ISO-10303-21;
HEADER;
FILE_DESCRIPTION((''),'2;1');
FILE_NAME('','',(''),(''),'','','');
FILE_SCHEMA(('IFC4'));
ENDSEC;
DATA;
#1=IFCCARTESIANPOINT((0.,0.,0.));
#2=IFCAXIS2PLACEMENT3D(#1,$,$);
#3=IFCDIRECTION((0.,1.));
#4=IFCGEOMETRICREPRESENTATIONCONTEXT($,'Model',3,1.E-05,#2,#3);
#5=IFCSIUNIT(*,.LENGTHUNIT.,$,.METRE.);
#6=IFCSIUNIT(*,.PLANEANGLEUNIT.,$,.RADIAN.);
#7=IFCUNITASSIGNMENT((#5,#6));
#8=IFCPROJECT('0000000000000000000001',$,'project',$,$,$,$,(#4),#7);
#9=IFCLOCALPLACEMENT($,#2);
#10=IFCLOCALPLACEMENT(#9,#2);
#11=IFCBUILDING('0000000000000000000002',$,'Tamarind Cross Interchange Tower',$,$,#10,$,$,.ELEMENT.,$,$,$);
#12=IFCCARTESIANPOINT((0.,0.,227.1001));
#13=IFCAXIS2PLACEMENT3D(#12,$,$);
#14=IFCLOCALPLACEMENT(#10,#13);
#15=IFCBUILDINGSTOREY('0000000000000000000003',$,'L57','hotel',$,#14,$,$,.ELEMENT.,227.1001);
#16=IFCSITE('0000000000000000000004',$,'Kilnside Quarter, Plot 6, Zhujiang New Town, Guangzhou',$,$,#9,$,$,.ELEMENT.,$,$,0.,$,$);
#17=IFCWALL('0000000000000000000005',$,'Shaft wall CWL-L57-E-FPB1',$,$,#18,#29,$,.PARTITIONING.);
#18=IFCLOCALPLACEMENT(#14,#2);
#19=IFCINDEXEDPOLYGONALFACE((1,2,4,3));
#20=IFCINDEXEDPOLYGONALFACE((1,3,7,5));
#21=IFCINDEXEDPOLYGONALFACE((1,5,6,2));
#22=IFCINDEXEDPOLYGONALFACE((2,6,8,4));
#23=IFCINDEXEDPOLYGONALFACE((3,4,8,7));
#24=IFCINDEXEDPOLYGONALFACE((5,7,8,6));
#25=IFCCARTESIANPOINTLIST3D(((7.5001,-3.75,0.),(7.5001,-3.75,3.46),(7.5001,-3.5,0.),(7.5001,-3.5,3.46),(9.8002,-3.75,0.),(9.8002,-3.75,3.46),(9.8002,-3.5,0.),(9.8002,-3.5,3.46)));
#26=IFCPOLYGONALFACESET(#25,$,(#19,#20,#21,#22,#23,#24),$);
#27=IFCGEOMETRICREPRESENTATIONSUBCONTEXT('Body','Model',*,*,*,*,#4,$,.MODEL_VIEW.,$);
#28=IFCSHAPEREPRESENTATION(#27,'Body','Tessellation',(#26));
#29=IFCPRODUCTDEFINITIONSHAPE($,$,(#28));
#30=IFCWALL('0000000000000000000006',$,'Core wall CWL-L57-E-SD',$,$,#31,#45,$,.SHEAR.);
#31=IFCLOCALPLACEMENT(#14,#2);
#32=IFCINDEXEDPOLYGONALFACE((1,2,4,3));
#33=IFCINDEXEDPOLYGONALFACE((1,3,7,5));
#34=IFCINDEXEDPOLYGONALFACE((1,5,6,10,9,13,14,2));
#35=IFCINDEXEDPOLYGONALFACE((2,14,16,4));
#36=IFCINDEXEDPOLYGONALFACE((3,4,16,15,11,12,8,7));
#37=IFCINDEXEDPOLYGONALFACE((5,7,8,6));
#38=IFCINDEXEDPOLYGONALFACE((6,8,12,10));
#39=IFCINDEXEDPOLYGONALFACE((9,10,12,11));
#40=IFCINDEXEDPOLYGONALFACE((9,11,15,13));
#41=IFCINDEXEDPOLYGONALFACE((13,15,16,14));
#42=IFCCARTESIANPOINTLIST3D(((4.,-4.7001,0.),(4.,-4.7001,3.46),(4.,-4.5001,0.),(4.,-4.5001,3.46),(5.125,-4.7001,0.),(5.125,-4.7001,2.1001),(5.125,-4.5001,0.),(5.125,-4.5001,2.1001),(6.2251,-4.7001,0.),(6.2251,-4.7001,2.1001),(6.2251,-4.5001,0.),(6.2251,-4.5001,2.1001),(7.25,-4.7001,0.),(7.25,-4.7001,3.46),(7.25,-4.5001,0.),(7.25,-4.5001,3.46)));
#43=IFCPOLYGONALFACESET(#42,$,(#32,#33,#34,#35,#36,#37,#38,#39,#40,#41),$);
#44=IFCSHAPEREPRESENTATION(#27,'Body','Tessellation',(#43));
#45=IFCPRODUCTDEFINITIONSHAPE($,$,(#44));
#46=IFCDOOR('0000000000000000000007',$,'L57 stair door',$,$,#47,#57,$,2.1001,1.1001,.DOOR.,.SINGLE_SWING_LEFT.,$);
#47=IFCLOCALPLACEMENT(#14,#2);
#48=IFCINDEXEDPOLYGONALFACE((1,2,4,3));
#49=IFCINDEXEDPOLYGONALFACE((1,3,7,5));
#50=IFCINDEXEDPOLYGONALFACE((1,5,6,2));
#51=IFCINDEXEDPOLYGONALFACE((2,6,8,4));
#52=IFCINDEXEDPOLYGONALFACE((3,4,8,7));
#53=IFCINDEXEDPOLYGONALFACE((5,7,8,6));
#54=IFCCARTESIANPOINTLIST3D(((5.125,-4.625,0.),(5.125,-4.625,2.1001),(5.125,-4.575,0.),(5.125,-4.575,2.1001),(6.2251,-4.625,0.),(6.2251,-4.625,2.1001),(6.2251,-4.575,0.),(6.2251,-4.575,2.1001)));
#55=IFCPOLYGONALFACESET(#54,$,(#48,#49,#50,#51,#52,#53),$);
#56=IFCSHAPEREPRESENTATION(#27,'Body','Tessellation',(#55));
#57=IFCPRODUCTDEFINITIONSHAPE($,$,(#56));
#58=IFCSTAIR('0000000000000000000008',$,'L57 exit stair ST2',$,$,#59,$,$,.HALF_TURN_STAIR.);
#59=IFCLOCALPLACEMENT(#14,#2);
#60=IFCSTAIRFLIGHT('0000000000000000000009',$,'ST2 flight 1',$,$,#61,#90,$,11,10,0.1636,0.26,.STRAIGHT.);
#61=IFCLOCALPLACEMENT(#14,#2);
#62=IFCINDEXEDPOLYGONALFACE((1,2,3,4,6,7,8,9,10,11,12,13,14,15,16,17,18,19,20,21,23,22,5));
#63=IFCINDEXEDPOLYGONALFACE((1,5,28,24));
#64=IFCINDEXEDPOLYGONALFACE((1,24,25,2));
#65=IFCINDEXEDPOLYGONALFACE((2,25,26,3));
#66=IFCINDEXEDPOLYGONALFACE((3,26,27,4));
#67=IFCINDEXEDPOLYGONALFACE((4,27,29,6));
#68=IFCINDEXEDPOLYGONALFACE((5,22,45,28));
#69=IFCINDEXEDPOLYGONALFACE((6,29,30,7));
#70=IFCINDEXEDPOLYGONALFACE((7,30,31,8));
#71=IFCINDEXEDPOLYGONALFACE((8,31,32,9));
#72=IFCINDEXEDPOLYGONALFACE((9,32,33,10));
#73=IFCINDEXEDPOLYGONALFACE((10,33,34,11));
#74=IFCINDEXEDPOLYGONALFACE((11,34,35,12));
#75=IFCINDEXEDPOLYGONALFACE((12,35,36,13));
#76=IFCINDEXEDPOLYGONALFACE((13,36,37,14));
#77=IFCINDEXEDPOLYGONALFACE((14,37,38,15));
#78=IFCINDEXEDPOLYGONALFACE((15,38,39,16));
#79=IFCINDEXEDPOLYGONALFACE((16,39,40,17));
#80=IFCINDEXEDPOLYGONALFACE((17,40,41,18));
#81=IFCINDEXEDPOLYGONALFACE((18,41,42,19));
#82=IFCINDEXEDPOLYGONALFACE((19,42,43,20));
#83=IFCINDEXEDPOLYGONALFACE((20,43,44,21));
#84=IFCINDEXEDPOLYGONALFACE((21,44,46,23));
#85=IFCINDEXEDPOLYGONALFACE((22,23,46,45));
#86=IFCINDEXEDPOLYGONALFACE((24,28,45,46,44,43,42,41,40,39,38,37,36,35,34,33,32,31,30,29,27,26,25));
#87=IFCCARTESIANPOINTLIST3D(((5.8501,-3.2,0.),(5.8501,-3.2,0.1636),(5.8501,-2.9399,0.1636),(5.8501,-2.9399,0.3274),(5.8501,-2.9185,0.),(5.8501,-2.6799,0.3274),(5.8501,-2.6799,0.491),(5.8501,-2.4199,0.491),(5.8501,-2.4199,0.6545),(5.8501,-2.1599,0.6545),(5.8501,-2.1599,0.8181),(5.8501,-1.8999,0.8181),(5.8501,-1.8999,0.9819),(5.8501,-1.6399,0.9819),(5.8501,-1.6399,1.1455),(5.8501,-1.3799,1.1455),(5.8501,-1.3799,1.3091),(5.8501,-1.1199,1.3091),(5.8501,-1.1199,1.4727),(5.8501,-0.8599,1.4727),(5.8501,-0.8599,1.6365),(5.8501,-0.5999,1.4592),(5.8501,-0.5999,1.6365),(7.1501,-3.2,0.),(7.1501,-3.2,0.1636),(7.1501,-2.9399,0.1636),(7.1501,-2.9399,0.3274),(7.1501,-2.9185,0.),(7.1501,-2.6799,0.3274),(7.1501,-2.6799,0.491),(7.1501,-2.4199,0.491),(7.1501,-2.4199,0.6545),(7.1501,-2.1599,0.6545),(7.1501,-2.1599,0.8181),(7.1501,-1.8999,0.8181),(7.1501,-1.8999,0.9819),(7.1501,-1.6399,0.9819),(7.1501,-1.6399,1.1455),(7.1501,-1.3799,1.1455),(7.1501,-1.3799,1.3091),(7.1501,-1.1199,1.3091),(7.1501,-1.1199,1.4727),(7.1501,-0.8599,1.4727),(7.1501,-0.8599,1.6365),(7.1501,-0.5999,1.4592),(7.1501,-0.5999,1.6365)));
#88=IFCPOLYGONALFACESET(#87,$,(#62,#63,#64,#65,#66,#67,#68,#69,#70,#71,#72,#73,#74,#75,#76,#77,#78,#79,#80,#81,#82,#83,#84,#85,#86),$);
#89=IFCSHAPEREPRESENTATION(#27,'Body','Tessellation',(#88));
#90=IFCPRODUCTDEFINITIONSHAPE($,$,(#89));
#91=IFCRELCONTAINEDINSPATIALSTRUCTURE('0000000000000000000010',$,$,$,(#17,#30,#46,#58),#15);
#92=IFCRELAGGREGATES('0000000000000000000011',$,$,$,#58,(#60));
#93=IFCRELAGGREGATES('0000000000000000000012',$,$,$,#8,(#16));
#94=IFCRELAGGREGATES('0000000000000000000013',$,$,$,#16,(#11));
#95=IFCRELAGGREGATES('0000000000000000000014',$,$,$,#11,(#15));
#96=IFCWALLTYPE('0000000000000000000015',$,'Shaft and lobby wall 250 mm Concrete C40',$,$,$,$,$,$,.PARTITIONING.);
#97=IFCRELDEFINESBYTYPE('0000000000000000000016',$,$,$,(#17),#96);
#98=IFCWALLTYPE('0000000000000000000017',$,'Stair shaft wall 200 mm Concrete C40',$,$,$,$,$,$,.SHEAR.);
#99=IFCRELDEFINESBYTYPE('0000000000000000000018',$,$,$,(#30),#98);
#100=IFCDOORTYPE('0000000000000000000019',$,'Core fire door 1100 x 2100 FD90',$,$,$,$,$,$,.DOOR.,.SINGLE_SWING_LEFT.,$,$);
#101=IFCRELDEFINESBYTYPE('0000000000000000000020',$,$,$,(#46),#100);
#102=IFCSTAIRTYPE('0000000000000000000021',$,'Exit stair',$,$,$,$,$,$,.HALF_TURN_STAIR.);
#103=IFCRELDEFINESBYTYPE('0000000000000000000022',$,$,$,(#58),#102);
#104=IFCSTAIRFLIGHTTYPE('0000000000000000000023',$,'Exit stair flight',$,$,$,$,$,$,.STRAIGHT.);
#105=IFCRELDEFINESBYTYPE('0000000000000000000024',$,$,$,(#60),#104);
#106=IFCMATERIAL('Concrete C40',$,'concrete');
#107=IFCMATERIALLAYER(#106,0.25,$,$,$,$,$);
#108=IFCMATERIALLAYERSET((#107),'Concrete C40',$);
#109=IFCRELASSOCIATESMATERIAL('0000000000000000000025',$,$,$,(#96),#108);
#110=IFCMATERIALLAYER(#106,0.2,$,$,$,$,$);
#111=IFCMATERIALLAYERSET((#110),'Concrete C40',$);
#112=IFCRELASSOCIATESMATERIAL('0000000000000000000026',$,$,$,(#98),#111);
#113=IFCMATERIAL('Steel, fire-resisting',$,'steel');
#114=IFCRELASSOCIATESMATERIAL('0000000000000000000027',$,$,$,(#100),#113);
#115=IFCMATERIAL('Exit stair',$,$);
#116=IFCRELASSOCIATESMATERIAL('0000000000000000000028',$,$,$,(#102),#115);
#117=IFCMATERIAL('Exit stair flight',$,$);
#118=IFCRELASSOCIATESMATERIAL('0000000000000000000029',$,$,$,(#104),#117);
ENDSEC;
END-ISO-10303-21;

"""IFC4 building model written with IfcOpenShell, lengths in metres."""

from ifc_helpers import new_model, si_unit, direction, frame, frame_2d, origin, place, context, subcontext, project, spatial, polyline, rectangle, outline, extrude, material, layer, layer_set, type_object, element, fill, aggregate, save


model = new_model("IFC4")

# Units and contexts
model_context = context("Model", 3, precision=1e-05, world=origin(), true_north=direction((0.0, 1.0)))
body_context = subcontext(model_context, "Body", "Model", "MODEL_VIEW")
ifc_project = project(units=[si_unit("LENGTHUNIT", "METRE"), si_unit("PLANEANGLEUNIT", "RADIAN")], contexts=[model_context])

# Site, building, storey
site_placement = place(None, origin())
site = spatial("IfcSite", under=ifc_project, at=site_placement, Name="Kilnside Quarter, Plot 6, Zhujiang New Town, Guangzhou", CompositionType="ELEMENT", RefElevation=0.0)
building_placement = place(site_placement, origin())
building = spatial("IfcBuilding", under=site, at=building_placement, Name="Tamarind Cross Interchange Tower", CompositionType="ELEMENT")
storey_placement = place(building_placement, frame((0.0, 0.0, 227.1001)))
storey = spatial("IfcBuildingStorey", under=building, at=storey_placement, Name="L57", Description="hotel", CompositionType="ELEMENT", Elevation=227.1001)

# Shared definitions
ifc_material_1 = material(Name="Steel, fire-resisting", Category="steel")

# Wall
ifc_material_2 = material(Name="Concrete C40", Category="concrete")
ifc_layer_1 = layer(ifc_material_2, 0.25)
ifc_layer_set_1 = layer_set([ifc_layer_1], Name="Concrete C40")
wall_type_1 = type_object("IfcWallType", Name="Shaft and lobby wall 250 mm Concrete C40", PredefinedType="PARTITIONING", material=ifc_layer_set_1)
wall_1_placement = place(storey_placement, frame((9.8, -3.625, 0.0), z_axis=(0.0, 0.0, 1.0), x_axis=(-1.0, 0.0, 0.0)))
element("IfcWall", 1, at=wall_1_placement, inside=storey, type_object=wall_type_1, Name="Shaft wall CWL-L57-E-FPB1", PredefinedType="PARTITIONING", context=body_context, shape_type="SweptSolid", body=[
    extrude(rectangle(XDim=2.3, YDim=0.25, at=frame_2d((1.1499, 0.0))), origin(), (0.0, 0.0, 1.0), 3.46),
])

# Wall, opening, door
ifc_layer_2 = layer(ifc_material_2, 0.2)
ifc_layer_set_2 = layer_set([ifc_layer_2], Name="Concrete C40")
wall_type_2 = type_object("IfcWallType", Name="Stair shaft wall 200 mm Concrete C40", PredefinedType="SHEAR", material=ifc_layer_set_2)
wall_2_placement = place(storey_placement, frame((7.25, -4.6001, 0.0), z_axis=(0.0, 0.0, 1.0), x_axis=(-1.0, 0.0, 0.0)))
wall_2 = element("IfcWall", 2, at=wall_2_placement, inside=storey, type_object=wall_type_2, Name="Core wall CWL-L57-E-SD", PredefinedType="SHEAR", context=body_context, shape_type="SweptSolid", body=[
    extrude(rectangle(XDim=3.25, YDim=0.2, at=frame_2d((1.625, 0.0))), origin(), (0.0, 0.0, 1.0), 3.46),
])
opening_1_placement = place(wall_2_placement, frame((1.0249, 0.0, 0.0)))
opening_1 = element("IfcOpeningElement", 3, at=opening_1_placement, cuts=wall_2, PredefinedType="OPENING", context=body_context, shape_type="SweptSolid", body=[
    extrude(rectangle(XDim=1.1001, YDim=2.1001, at=frame_2d((0.55, 1.05))), frame((0.0, 0.1099, 0.0), z_axis=(0.0, -1.0, 0.0), x_axis=(1.0, 0.0, 0.0)), (0.0, 0.0, 1.0), 0.22),
])
door_type_1 = type_object("IfcDoorType", Name="Core fire door 1100 x 2100 FD90", OperationType="SINGLE_SWING_LEFT", PredefinedType="DOOR", material=ifc_material_1)
door_1_placement = place(opening_1_placement, origin())
door_1 = element("IfcDoor", 4, at=door_1_placement, inside=storey, type_object=door_type_1, Name="L57 stair door", OperationType="SINGLE_SWING_LEFT", OverallHeight=2.1001, OverallWidth=1.1001, PredefinedType="DOOR", context=body_context, shape_type="SweptSolid", body=[
    extrude(rectangle(XDim=1.1001, YDim=2.1001, at=frame_2d((0.55, 1.05))), frame((0.0, 0.0249, 0.0), z_axis=(0.0, -1.0, 0.0), x_axis=(1.0, 0.0, 0.0)), (0.0, 0.0, 1.0), 0.05),
])
fill(opening_1, door_1)

# Stair, stair flight
ifc_material_3 = material(Name="Exit stair")
stair_type = type_object("IfcStairType", Name="Exit stair", PredefinedType="HALF_TURN_STAIR", material=ifc_material_3)
stair_placement = place(storey_placement, origin())
stair = element("IfcStair", 5, at=stair_placement, inside=storey, type_object=stair_type, Name="L57 exit stair ST2", PredefinedType="HALF_TURN_STAIR")
ifc_material_4 = material(Name="Exit stair flight")
stair_flight_type = type_object("IfcStairFlightType", Name="Exit stair flight", PredefinedType="STRAIGHT", material=ifc_material_4)
stair_flight_placement = place(storey_placement, frame((6.5, -3.2, 0.0), z_axis=(0.0, 0.0, 1.0), x_axis=(0.0, 1.0, 0.0)))
stair_flight = element("IfcStairFlight", 6, at=stair_flight_placement, type_object=stair_flight_type, Name="ST2 flight 1", NumberOfRisers=11, NumberOfTreads=10, PredefinedType="STRAIGHT", RiserHeight=0.1636, TreadLength=0.26, context=body_context, shape_type="SweptSolid", body=[
    extrude(outline(polyline([(0.0, 0.0), (0.0, 0.1636), (0.26, 0.1636), (0.26, 0.3274), (0.52, 0.3274), (0.52, 0.491), (0.78, 0.491), (0.78, 0.6545), (1.04, 0.6545), (1.04, 0.8181), (1.3, 0.8181), (1.3, 0.9819), (1.5601, 0.9819), (1.5601, 1.1455), (1.8201, 1.1455), (1.8201, 1.3091), (2.0801, 1.3091), (2.0801, 1.4727), (2.3401, 1.4727), (2.3401, 1.6365), (2.6001, 1.6365), (2.6001, 1.8), (2.6001, 1.4592), (0.2815, 0.0), (0.0, 0.0)])), frame((0.0, 0.6499, 0.0), z_axis=(0.0, -1.0, 0.0), x_axis=(1.0, 0.0, 0.0)), (0.0, 0.0, 1.0), 1.3),
])
aggregate(stair, [stair_flight])

save(model, "model.ifc")
